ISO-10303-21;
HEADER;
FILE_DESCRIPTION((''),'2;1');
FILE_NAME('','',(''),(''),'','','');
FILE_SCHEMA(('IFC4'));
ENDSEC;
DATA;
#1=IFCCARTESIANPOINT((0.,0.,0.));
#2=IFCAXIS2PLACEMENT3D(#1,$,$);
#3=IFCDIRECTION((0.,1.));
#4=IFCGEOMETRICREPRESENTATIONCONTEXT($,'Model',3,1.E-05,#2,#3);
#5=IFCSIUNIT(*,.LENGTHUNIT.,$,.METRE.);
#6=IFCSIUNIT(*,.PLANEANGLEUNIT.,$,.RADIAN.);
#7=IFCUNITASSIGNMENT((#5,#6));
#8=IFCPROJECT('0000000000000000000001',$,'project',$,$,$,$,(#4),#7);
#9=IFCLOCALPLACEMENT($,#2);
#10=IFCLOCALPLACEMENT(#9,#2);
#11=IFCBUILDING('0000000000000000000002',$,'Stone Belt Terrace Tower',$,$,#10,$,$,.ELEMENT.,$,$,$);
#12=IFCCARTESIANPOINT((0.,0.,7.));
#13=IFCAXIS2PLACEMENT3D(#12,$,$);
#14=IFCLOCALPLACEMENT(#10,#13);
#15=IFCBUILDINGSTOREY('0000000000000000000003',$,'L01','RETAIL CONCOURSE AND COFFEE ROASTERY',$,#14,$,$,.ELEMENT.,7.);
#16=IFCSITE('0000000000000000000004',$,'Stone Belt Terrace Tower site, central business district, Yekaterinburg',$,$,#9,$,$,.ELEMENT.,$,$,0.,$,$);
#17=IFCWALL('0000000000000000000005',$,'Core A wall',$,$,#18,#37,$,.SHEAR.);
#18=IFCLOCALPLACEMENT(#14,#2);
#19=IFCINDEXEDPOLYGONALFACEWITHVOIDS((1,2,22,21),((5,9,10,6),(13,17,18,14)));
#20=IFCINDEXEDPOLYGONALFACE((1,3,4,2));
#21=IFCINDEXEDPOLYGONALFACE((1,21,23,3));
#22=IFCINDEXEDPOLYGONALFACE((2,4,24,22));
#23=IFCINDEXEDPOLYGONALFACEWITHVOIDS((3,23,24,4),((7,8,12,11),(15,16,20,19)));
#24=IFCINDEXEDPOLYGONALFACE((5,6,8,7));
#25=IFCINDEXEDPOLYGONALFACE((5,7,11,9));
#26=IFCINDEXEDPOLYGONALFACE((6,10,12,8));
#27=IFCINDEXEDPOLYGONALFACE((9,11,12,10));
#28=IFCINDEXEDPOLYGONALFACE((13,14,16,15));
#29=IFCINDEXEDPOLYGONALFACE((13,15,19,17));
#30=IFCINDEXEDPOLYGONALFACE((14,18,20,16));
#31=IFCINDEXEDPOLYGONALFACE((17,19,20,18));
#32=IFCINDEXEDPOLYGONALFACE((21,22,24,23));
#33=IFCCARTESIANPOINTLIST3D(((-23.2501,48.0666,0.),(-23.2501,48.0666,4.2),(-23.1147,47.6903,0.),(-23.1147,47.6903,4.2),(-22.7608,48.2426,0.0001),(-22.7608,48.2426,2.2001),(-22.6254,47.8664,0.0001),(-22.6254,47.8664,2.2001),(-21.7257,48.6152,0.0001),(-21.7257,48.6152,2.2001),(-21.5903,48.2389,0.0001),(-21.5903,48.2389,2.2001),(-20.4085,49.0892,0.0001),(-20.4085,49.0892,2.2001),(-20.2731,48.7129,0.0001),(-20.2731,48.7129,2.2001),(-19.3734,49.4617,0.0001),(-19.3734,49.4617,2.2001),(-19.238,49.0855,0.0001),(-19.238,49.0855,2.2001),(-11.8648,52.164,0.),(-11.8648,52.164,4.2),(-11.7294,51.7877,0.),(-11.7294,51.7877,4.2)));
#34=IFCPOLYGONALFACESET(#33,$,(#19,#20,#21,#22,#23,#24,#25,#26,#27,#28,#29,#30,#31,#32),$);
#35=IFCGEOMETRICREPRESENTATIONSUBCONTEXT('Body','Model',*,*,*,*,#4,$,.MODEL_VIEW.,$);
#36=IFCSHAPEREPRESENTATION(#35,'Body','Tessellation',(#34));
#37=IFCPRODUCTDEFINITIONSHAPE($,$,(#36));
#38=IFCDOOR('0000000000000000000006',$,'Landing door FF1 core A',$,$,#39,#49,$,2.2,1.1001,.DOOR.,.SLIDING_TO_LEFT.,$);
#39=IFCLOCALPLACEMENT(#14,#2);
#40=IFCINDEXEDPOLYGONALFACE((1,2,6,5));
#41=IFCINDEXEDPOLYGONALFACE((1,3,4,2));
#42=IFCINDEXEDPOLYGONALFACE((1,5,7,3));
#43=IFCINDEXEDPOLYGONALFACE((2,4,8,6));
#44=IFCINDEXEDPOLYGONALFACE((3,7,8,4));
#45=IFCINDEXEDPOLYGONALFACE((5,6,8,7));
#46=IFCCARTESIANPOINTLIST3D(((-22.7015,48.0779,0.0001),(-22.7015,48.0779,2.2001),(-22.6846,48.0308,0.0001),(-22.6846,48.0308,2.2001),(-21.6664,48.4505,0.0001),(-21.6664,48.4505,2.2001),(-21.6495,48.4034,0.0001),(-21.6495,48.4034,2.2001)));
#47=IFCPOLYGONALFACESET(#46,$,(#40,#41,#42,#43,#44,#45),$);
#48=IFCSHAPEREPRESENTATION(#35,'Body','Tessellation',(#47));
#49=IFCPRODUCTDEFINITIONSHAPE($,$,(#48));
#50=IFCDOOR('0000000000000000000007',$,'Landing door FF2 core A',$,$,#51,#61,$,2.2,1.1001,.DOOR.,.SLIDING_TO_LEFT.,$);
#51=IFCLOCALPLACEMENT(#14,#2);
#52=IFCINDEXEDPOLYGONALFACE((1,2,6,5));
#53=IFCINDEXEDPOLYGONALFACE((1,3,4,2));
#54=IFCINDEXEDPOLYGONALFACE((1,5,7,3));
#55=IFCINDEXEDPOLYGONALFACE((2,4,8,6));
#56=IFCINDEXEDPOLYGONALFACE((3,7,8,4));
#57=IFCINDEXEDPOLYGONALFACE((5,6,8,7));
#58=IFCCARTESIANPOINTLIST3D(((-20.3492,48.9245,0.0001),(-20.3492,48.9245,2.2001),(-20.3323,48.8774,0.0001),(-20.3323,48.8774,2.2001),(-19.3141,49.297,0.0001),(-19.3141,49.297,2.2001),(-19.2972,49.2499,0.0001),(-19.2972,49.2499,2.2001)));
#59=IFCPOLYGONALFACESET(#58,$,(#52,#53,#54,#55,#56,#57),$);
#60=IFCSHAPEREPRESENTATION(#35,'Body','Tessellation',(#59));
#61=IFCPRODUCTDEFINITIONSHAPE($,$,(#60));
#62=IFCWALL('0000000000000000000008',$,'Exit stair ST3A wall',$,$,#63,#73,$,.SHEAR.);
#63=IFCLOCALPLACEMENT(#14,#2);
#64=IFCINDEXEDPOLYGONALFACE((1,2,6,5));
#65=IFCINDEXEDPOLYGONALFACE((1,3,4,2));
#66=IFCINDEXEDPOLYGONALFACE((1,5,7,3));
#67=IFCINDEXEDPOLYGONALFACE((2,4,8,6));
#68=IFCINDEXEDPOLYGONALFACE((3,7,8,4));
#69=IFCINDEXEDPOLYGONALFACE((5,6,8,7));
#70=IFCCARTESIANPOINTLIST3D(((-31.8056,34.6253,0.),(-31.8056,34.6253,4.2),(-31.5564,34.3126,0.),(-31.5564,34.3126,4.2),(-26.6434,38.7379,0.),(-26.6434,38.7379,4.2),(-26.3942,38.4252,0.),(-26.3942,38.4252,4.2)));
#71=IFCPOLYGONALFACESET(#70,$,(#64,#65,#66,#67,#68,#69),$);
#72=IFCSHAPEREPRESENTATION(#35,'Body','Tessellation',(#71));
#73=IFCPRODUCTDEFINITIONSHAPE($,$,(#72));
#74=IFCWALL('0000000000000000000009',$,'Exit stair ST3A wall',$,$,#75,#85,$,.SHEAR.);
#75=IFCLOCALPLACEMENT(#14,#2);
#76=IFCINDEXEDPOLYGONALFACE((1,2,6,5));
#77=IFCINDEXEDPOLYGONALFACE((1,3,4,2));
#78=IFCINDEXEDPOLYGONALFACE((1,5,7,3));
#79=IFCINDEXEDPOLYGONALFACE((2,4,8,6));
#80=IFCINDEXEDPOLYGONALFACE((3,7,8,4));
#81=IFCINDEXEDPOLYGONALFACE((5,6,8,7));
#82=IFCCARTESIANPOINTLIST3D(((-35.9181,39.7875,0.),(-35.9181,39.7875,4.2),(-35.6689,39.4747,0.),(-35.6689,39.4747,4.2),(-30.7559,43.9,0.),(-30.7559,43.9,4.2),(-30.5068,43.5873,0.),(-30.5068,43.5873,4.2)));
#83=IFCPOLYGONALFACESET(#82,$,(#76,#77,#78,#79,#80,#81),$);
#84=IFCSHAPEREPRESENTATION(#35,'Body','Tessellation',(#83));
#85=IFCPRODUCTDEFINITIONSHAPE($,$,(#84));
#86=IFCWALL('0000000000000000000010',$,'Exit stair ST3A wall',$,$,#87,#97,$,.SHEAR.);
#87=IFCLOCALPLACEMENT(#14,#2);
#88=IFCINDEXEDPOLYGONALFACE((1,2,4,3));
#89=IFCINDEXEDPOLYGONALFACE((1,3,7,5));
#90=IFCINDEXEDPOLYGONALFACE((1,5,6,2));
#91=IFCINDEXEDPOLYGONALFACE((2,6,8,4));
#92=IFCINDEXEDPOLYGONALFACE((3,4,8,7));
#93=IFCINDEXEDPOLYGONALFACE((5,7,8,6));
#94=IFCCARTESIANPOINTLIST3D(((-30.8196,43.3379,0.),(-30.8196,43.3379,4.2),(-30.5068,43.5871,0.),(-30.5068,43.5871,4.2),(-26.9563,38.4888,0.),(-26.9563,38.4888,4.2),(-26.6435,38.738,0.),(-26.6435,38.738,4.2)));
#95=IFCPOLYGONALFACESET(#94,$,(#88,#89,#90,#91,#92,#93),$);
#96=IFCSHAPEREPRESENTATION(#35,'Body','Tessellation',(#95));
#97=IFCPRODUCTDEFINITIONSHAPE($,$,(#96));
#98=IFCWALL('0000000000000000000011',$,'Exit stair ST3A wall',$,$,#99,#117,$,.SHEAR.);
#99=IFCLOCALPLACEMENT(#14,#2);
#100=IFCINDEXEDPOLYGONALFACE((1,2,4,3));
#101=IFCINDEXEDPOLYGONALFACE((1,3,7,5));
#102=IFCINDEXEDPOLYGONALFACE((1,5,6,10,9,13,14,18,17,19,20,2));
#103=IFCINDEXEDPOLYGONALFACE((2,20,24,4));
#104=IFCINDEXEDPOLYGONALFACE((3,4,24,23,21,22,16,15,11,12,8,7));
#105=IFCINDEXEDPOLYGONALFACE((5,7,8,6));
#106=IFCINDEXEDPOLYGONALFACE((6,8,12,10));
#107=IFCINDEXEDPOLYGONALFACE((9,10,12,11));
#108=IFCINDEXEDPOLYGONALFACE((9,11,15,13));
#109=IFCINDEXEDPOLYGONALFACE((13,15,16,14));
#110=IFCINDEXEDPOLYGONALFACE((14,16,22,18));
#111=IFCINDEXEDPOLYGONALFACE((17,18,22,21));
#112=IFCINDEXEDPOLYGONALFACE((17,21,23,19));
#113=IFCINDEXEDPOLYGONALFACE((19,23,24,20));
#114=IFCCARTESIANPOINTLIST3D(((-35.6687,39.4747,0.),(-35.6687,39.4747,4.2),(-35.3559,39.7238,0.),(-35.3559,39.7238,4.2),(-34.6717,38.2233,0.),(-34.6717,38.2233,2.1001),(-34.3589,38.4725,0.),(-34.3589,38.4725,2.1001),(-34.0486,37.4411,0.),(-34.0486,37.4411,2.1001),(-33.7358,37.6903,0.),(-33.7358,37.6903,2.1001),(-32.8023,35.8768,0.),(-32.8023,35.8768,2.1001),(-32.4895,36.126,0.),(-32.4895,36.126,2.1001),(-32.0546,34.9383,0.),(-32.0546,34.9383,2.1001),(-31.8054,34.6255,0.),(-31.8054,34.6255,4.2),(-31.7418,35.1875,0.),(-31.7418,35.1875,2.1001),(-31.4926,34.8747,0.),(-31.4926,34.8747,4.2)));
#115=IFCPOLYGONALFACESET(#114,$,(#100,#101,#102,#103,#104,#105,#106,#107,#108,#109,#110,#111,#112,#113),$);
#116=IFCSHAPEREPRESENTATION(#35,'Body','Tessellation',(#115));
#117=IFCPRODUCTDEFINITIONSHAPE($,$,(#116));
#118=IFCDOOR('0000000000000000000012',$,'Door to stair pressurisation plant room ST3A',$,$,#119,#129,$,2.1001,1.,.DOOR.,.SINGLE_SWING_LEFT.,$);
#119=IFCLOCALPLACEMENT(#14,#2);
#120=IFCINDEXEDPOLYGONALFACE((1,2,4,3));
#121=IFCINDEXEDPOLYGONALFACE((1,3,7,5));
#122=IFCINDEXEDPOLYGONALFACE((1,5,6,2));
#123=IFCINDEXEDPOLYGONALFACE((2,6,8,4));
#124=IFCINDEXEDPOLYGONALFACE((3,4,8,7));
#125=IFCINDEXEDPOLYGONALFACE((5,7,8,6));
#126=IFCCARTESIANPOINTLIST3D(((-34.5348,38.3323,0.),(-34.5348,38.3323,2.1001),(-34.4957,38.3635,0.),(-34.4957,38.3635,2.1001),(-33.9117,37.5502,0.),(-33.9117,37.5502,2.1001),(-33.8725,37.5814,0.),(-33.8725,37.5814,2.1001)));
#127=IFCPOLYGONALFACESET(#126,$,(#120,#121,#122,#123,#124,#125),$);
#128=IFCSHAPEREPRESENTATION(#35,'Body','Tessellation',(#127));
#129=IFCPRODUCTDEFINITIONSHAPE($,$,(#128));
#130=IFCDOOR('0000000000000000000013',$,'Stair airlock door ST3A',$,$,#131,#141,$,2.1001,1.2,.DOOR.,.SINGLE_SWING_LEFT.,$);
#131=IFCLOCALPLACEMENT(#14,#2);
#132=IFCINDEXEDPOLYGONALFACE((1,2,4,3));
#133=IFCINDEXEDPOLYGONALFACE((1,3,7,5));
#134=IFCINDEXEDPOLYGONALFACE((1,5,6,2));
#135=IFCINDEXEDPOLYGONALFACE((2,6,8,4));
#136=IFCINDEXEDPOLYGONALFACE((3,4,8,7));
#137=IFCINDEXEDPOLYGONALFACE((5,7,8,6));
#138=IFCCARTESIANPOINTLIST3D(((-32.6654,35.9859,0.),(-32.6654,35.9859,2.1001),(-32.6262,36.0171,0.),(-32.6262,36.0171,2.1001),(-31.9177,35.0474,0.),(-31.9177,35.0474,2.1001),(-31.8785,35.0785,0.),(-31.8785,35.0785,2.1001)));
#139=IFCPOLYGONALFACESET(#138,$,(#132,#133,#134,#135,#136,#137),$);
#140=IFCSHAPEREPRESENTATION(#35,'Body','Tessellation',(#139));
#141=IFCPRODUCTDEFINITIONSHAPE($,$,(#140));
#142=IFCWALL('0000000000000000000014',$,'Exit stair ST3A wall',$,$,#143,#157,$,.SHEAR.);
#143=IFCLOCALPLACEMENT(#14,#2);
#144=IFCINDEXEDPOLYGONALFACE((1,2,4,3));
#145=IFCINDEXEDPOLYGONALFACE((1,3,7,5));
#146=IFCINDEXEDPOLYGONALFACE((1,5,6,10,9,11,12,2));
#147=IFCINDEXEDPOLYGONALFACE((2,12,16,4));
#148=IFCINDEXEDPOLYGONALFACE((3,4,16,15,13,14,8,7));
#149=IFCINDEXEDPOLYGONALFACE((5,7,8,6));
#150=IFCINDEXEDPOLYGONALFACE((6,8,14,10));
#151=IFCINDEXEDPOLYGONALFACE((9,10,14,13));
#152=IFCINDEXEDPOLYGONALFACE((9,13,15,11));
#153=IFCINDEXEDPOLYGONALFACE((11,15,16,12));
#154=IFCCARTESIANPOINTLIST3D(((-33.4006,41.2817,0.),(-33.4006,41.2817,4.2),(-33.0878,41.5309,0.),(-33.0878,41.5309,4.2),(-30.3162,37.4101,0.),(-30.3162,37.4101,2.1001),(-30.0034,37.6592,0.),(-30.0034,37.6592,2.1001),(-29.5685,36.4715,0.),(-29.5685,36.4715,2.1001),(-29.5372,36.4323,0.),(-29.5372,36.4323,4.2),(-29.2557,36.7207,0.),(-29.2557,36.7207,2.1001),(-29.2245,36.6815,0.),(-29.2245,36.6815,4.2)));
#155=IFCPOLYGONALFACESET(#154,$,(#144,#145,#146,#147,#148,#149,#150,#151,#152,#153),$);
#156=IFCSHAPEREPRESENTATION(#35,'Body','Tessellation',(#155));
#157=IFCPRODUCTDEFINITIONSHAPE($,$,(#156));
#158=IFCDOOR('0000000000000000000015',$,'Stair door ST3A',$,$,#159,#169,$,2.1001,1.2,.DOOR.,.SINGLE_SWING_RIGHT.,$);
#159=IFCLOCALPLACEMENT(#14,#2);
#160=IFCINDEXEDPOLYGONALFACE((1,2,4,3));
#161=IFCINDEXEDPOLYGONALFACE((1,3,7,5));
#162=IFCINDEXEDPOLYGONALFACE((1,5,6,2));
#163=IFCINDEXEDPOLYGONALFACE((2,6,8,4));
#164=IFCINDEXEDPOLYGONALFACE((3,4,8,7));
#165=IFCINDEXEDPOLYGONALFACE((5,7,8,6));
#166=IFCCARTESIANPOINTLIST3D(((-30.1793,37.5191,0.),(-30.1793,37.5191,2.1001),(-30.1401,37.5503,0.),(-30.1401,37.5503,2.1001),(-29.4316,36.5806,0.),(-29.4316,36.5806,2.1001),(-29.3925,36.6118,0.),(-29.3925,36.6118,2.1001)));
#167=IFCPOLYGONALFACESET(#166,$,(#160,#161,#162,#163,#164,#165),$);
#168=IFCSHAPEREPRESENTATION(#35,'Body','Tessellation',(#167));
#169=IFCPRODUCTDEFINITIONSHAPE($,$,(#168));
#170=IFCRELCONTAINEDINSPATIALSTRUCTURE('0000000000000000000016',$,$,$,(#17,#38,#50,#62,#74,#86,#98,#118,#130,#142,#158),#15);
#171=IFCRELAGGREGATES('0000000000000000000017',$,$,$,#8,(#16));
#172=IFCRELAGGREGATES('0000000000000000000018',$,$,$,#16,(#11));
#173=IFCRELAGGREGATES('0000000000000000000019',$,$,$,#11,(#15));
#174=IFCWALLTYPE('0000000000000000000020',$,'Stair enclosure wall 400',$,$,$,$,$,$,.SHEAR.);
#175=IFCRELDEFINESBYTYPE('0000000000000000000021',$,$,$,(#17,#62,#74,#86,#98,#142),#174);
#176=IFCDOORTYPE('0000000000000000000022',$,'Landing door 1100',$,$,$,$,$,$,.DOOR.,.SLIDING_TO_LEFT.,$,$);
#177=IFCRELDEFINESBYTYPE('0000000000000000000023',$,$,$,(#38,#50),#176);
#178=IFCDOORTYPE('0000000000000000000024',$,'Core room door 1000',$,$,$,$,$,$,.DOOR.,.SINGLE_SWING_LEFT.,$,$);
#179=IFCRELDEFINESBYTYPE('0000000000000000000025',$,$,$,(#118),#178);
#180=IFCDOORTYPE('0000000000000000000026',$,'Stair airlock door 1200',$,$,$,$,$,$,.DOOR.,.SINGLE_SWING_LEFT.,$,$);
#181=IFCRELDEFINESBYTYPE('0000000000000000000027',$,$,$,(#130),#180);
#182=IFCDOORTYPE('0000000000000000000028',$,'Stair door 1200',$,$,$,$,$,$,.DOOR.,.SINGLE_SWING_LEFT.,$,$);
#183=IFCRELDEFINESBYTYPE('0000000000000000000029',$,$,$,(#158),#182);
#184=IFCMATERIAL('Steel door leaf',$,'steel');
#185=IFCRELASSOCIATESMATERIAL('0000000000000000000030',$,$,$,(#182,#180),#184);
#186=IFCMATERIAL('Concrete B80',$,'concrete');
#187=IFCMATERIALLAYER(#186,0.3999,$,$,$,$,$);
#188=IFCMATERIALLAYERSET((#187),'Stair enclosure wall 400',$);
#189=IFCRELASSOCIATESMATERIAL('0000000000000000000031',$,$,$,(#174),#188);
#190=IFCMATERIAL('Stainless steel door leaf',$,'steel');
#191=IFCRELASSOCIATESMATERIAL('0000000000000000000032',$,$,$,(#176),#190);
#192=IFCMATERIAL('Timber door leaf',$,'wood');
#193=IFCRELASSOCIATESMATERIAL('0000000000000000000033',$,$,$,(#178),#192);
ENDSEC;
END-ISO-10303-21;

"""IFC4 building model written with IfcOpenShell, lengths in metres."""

from ifc_helpers import new_model, si_unit, direction, frame, frame_2d, origin, place, context, subcontext, project, spatial, rectangle, extrude, material, layer, layer_set, type_object, element, fill, save


model = new_model("IFC4")

# Units and contexts
model_context = context("Model", 3, precision=1e-05, world=origin(), true_north=direction((0.0, 1.0)))
body_context = subcontext(model_context, "Body", "Model", "MODEL_VIEW")
ifc_project = project(units=[si_unit("LENGTHUNIT", "METRE"), si_unit("PLANEANGLEUNIT", "RADIAN")], contexts=[model_context])

# Site, building, storey
site_placement = place(None, origin())
site = spatial("IfcSite", under=ifc_project, at=site_placement, Name="Stone Belt Terrace Tower site, central business district, Yekaterinburg", CompositionType="ELEMENT", RefElevation=0.0)
building_placement = place(site_placement, origin())
building = spatial("IfcBuilding", under=site, at=building_placement, Name="Stone Belt Terrace Tower", CompositionType="ELEMENT")
storey_placement = place(building_placement, frame((0.0, 0.0, 7.0)))
storey = spatial("IfcBuildingStorey", under=building, at=storey_placement, Name="L01", Description="RETAIL CONCOURSE AND COFFEE ROASTERY", CompositionType="ELEMENT", Elevation=7.0)

# Shared definitions
ifc_material_1 = material(Name="Concrete B80", Category="concrete")

# Shared definitions
ifc_material_2 = material(Name="Timber door leaf", Category="wood")
ifc_material_3 = material(Name="Steel door leaf", Category="steel")
door_type_1 = type_object("IfcDoorType", Name="Stair door 1200", OperationType="SINGLE_SWING_LEFT", PredefinedType="DOOR", material=ifc_material_3)

# Wall, openings, doors
ifc_layer_1 = layer(ifc_material_1, 0.3999)
ifc_layer_set_1 = layer_set([ifc_layer_1], Name="Stair enclosure wall 400")
wall_type_1 = type_object("IfcWallType", Name="Stair enclosure wall 400", PredefinedType="SHEAR", material=ifc_layer_set_1)
wall_1_placement = place(storey_placement, frame((-23.1824, 47.8784, 0.0), z_axis=(0.0, 0.0, 1.0), x_axis=(0.940921, 0.338626, 0.0)))
wall_1 = element("IfcWall", 1, at=wall_1_placement, inside=storey, type_object=wall_type_1, Name="Core A wall", PredefinedType="SHEAR", context=body_context, shape_type="SweptSolid", body=[
    extrude(rectangle(XDim=12.1001, YDim=0.3999, at=frame_2d((6.05, 0.0))), origin(), (0.0, 0.0, 1.0), 4.2),
])
opening_1_placement = place(wall_1_placement, frame((0.52, 0.0, 0.0)))
opening_1 = element("IfcOpeningElement", 2, at=opening_1_placement, cuts=wall_1, PredefinedType="OPENING", context=body_context, shape_type="SweptSolid", body=[
    extrude(rectangle(XDim=1.1001, YDim=2.2, at=frame_2d((0.55, 1.1001))), frame((0.0, 0.21, 0.0), z_axis=(0.0, -1.0, 0.0), x_axis=(1.0, 0.0, 0.0)), (0.0, 0.0, 1.0), 0.4199),
])
opening_2_placement = place(wall_1_placement, frame((3.02, 0.0, 0.0)))
opening_2 = element("IfcOpeningElement", 3, at=opening_2_placement, cuts=wall_1, PredefinedType="OPENING", context=body_context, shape_type="SweptSolid", body=[
    extrude(rectangle(XDim=1.1001, YDim=2.2, at=frame_2d((0.55, 1.1001))), frame((0.0, 0.21, 0.0), z_axis=(0.0, -1.0, 0.0), x_axis=(1.0, 0.0, 0.0)), (0.0, 0.0, 1.0), 0.4199),
])
ifc_material_4 = material(Name="Stainless steel door leaf", Category="steel")
door_type_2 = type_object("IfcDoorType", Name="Landing door 1100", OperationType="SLIDING_TO_LEFT", PredefinedType="DOOR", material=ifc_material_4)
door_1_placement = place(opening_1_placement, origin())
door_1 = element("IfcDoor", 4, at=door_1_placement, inside=storey, type_object=door_type_2, Name="Landing door FF1 core A", OperationType="SLIDING_TO_LEFT", OverallHeight=2.2, OverallWidth=1.1001, PredefinedType="DOOR", context=body_context, shape_type="SweptSolid", body=[
    extrude(rectangle(XDim=1.1001, YDim=2.2, at=frame_2d((0.55, 1.1001))), frame((0.0, 0.0249, 0.0), z_axis=(0.0, -1.0, 0.0), x_axis=(1.0, 0.0, 0.0)), (0.0, 0.0, 1.0), 0.05),
])
fill(opening_1, door_1)
door_2_placement = place(opening_2_placement, origin())
door_2 = element("IfcDoor", 5, at=door_2_placement, inside=storey, type_object=door_type_2, Name="Landing door FF2 core A", OperationType="SLIDING_TO_LEFT", OverallHeight=2.2, OverallWidth=1.1001, PredefinedType="DOOR", context=body_context, shape_type="SweptSolid", body=[
    extrude(rectangle(XDim=1.1001, YDim=2.2, at=frame_2d((0.55, 1.1001))), frame((0.0, 0.0249, 0.0), z_axis=(0.0, -1.0, 0.0), x_axis=(1.0, 0.0, 0.0)), (0.0, 0.0, 1.0), 0.05),
])
fill(opening_2, door_2)

# Walls
for number, where, z_axis, x_axis, name in (
    (6, (-26.5188, 38.5815, 0.0), (0.0, 0.0, 1.0), (-0.782134, -0.62311, 0.0), "Exit stair ST3A wall"),
    (7, (-30.6313, 43.7437, 0.0), (0.0, 0.0, 1.0), (-0.782134, -0.62311, 0.0), "Exit stair ST3A wall"),
):
    element("IfcWall", number, at=place(storey_placement, frame(where, z_axis=z_axis, x_axis=x_axis)), inside=storey, type_object=wall_type_1, Name=name, PredefinedType="SHEAR", context=body_context, shape_type="SweptSolid", body=[
        extrude(rectangle(XDim=6.6001, YDim=0.3999, at=frame_2d((3.3, 0.0))), origin(), (0.0, 0.0, 1.0), 4.2),
    ])
wall_2_placement = place(storey_placement, frame((-26.7998, 38.6133, 0.0), z_axis=(0.0, 0.0, 1.0), x_axis=(-0.623119, 0.782127, 0.0)))
element("IfcWall", 8, at=wall_2_placement, inside=storey, type_object=wall_type_1, Name="Exit stair ST3A wall", PredefinedType="SHEAR", context=body_context, shape_type="SweptSolid", body=[
    extrude(rectangle(XDim=6.2, YDim=0.3999, at=frame_2d((3.1001, 0.0))), origin(), (0.0, 0.0, 1.0), 4.2),
])

# Wall, openings, doors
wall_3_placement = place(storey_placement, frame((-31.6489, 34.75, 0.0), z_axis=(0.0, 0.0, 1.0), x_axis=(-0.623119, 0.782127, 0.0)))
wall_3 = element("IfcWall", 9, at=wall_3_placement, inside=storey, type_object=wall_type_1, Name="Exit stair ST3A wall", PredefinedType="SHEAR", context=body_context, shape_type="SweptSolid", body=[
    extrude(rectangle(XDim=6.2, YDim=0.3999, at=frame_2d((3.1001, 0.0))), origin(), (0.0, 0.0, 1.0), 4.2),
])
opening_3_placement = place(wall_3_placement, frame((0.3999, 0.0, 0.0)))
opening_3 = element("IfcOpeningElement", 10, at=opening_3_placement, cuts=wall_3, PredefinedType="OPENING", context=body_context, shape_type="SweptSolid", body=[
    extrude(rectangle(XDim=1.2, YDim=2.1001, at=frame_2d((0.6001, 1.05))), frame((0.0, 0.21, 0.0), z_axis=(0.0, -1.0, 0.0), x_axis=(1.0, 0.0, 0.0)), (0.0, 0.0, 1.0), 0.4199),
])
opening_4_placement = place(wall_3_placement, frame((3.6001, 0.0, 0.0)))
opening_4 = element("IfcOpeningElement", 11, at=opening_4_placement, cuts=wall_3, PredefinedType="OPENING", context=body_context, shape_type="SweptSolid", body=[
    extrude(rectangle(XDim=1.0, YDim=2.1001, at=frame_2d((0.5, 1.05))), frame((0.0, 0.21, 0.0), z_axis=(0.0, -1.0, 0.0), x_axis=(1.0, 0.0, 0.0)), (0.0, 0.0, 1.0), 0.4199),
])
door_type_3 = type_object("IfcDoorType", Name="Core room door 1000", OperationType="SINGLE_SWING_LEFT", PredefinedType="DOOR", material=ifc_material_2)
door_3_placement = place(opening_4_placement, origin())
door_3 = element("IfcDoor", 12, at=door_3_placement, inside=storey, type_object=door_type_3, Name="Door to stair pressurisation plant room ST3A", OperationType="SINGLE_SWING_LEFT", OverallHeight=2.1001, OverallWidth=1.0, PredefinedType="DOOR", context=body_context, shape_type="SweptSolid", body=[
    extrude(rectangle(XDim=1.0, YDim=2.1001, at=frame_2d((0.5, 1.05))), frame((0.0, 0.0249, 0.0), z_axis=(0.0, -1.0, 0.0), x_axis=(1.0, 0.0, 0.0)), (0.0, 0.0, 1.0), 0.05),
])
fill(opening_4, door_3)
door_type_4 = type_object("IfcDoorType", Name="Stair airlock door 1200", OperationType="SINGLE_SWING_LEFT", PredefinedType="DOOR", material=ifc_material_3)
door_4_placement = place(opening_3_placement, origin())
door_4 = element("IfcDoor", 13, at=door_4_placement, inside=storey, type_object=door_type_4, Name="Stair airlock door ST3A", OperationType="SINGLE_SWING_LEFT", OverallHeight=2.1001, OverallWidth=1.2, PredefinedType="DOOR", context=body_context, shape_type="SweptSolid", body=[
    extrude(rectangle(XDim=1.2, YDim=2.1001, at=frame_2d((0.6001, 1.05))), frame((0.0, 0.0249, 0.0), z_axis=(0.0, -1.0, 0.0), x_axis=(1.0, 0.0, 0.0)), (0.0, 0.0, 1.0), 0.05),
])
fill(opening_3, door_4)

# Wall, opening, door
wall_4_placement = place(storey_placement, frame((-29.3809, 36.5569, 0.0), z_axis=(0.0, 0.0, 1.0), x_axis=(-0.623099, 0.782143, 0.0)))
wall_4 = element("IfcWall", 14, at=wall_4_placement, inside=storey, type_object=wall_type_1, Name="Exit stair ST3A wall", PredefinedType="SHEAR", context=body_context, shape_type="SweptSolid", body=[
    extrude(rectangle(XDim=6.2002, YDim=0.3999, at=frame_2d((3.1001, 0.0))), origin(), (0.0, 0.0, 1.0), 4.2),
])
opening_5_placement = place(wall_4_placement, frame((0.05, 0.0, 0.0)))
opening_5 = element("IfcOpeningElement", 15, at=opening_5_placement, cuts=wall_4, PredefinedType="OPENING", context=body_context, shape_type="SweptSolid", body=[
    extrude(rectangle(XDim=1.2, YDim=2.1001, at=frame_2d((0.6001, 1.05))), frame((0.0, 0.21, 0.0), z_axis=(0.0, -1.0, 0.0), x_axis=(1.0, 0.0, 0.0)), (0.0, 0.0, 1.0), 0.4199),
])
door_5_placement = place(opening_5_placement, origin())
door_5 = element("IfcDoor", 16, at=door_5_placement, inside=storey, type_object=door_type_1, Name="Stair door ST3A", OperationType="SINGLE_SWING_RIGHT", OverallHeight=2.1001, OverallWidth=1.2, PredefinedType="DOOR", context=body_context, shape_type="SweptSolid", body=[
    extrude(rectangle(XDim=1.2, YDim=2.1001, at=frame_2d((0.6001, 1.05))), frame((0.0, 0.0249, 0.0), z_axis=(0.0, -1.0, 0.0), x_axis=(1.0, 0.0, 0.0)), (0.0, 0.0, 1.0), 0.05),
])
fill(opening_5, door_5)

save(model, "model.ifc")
